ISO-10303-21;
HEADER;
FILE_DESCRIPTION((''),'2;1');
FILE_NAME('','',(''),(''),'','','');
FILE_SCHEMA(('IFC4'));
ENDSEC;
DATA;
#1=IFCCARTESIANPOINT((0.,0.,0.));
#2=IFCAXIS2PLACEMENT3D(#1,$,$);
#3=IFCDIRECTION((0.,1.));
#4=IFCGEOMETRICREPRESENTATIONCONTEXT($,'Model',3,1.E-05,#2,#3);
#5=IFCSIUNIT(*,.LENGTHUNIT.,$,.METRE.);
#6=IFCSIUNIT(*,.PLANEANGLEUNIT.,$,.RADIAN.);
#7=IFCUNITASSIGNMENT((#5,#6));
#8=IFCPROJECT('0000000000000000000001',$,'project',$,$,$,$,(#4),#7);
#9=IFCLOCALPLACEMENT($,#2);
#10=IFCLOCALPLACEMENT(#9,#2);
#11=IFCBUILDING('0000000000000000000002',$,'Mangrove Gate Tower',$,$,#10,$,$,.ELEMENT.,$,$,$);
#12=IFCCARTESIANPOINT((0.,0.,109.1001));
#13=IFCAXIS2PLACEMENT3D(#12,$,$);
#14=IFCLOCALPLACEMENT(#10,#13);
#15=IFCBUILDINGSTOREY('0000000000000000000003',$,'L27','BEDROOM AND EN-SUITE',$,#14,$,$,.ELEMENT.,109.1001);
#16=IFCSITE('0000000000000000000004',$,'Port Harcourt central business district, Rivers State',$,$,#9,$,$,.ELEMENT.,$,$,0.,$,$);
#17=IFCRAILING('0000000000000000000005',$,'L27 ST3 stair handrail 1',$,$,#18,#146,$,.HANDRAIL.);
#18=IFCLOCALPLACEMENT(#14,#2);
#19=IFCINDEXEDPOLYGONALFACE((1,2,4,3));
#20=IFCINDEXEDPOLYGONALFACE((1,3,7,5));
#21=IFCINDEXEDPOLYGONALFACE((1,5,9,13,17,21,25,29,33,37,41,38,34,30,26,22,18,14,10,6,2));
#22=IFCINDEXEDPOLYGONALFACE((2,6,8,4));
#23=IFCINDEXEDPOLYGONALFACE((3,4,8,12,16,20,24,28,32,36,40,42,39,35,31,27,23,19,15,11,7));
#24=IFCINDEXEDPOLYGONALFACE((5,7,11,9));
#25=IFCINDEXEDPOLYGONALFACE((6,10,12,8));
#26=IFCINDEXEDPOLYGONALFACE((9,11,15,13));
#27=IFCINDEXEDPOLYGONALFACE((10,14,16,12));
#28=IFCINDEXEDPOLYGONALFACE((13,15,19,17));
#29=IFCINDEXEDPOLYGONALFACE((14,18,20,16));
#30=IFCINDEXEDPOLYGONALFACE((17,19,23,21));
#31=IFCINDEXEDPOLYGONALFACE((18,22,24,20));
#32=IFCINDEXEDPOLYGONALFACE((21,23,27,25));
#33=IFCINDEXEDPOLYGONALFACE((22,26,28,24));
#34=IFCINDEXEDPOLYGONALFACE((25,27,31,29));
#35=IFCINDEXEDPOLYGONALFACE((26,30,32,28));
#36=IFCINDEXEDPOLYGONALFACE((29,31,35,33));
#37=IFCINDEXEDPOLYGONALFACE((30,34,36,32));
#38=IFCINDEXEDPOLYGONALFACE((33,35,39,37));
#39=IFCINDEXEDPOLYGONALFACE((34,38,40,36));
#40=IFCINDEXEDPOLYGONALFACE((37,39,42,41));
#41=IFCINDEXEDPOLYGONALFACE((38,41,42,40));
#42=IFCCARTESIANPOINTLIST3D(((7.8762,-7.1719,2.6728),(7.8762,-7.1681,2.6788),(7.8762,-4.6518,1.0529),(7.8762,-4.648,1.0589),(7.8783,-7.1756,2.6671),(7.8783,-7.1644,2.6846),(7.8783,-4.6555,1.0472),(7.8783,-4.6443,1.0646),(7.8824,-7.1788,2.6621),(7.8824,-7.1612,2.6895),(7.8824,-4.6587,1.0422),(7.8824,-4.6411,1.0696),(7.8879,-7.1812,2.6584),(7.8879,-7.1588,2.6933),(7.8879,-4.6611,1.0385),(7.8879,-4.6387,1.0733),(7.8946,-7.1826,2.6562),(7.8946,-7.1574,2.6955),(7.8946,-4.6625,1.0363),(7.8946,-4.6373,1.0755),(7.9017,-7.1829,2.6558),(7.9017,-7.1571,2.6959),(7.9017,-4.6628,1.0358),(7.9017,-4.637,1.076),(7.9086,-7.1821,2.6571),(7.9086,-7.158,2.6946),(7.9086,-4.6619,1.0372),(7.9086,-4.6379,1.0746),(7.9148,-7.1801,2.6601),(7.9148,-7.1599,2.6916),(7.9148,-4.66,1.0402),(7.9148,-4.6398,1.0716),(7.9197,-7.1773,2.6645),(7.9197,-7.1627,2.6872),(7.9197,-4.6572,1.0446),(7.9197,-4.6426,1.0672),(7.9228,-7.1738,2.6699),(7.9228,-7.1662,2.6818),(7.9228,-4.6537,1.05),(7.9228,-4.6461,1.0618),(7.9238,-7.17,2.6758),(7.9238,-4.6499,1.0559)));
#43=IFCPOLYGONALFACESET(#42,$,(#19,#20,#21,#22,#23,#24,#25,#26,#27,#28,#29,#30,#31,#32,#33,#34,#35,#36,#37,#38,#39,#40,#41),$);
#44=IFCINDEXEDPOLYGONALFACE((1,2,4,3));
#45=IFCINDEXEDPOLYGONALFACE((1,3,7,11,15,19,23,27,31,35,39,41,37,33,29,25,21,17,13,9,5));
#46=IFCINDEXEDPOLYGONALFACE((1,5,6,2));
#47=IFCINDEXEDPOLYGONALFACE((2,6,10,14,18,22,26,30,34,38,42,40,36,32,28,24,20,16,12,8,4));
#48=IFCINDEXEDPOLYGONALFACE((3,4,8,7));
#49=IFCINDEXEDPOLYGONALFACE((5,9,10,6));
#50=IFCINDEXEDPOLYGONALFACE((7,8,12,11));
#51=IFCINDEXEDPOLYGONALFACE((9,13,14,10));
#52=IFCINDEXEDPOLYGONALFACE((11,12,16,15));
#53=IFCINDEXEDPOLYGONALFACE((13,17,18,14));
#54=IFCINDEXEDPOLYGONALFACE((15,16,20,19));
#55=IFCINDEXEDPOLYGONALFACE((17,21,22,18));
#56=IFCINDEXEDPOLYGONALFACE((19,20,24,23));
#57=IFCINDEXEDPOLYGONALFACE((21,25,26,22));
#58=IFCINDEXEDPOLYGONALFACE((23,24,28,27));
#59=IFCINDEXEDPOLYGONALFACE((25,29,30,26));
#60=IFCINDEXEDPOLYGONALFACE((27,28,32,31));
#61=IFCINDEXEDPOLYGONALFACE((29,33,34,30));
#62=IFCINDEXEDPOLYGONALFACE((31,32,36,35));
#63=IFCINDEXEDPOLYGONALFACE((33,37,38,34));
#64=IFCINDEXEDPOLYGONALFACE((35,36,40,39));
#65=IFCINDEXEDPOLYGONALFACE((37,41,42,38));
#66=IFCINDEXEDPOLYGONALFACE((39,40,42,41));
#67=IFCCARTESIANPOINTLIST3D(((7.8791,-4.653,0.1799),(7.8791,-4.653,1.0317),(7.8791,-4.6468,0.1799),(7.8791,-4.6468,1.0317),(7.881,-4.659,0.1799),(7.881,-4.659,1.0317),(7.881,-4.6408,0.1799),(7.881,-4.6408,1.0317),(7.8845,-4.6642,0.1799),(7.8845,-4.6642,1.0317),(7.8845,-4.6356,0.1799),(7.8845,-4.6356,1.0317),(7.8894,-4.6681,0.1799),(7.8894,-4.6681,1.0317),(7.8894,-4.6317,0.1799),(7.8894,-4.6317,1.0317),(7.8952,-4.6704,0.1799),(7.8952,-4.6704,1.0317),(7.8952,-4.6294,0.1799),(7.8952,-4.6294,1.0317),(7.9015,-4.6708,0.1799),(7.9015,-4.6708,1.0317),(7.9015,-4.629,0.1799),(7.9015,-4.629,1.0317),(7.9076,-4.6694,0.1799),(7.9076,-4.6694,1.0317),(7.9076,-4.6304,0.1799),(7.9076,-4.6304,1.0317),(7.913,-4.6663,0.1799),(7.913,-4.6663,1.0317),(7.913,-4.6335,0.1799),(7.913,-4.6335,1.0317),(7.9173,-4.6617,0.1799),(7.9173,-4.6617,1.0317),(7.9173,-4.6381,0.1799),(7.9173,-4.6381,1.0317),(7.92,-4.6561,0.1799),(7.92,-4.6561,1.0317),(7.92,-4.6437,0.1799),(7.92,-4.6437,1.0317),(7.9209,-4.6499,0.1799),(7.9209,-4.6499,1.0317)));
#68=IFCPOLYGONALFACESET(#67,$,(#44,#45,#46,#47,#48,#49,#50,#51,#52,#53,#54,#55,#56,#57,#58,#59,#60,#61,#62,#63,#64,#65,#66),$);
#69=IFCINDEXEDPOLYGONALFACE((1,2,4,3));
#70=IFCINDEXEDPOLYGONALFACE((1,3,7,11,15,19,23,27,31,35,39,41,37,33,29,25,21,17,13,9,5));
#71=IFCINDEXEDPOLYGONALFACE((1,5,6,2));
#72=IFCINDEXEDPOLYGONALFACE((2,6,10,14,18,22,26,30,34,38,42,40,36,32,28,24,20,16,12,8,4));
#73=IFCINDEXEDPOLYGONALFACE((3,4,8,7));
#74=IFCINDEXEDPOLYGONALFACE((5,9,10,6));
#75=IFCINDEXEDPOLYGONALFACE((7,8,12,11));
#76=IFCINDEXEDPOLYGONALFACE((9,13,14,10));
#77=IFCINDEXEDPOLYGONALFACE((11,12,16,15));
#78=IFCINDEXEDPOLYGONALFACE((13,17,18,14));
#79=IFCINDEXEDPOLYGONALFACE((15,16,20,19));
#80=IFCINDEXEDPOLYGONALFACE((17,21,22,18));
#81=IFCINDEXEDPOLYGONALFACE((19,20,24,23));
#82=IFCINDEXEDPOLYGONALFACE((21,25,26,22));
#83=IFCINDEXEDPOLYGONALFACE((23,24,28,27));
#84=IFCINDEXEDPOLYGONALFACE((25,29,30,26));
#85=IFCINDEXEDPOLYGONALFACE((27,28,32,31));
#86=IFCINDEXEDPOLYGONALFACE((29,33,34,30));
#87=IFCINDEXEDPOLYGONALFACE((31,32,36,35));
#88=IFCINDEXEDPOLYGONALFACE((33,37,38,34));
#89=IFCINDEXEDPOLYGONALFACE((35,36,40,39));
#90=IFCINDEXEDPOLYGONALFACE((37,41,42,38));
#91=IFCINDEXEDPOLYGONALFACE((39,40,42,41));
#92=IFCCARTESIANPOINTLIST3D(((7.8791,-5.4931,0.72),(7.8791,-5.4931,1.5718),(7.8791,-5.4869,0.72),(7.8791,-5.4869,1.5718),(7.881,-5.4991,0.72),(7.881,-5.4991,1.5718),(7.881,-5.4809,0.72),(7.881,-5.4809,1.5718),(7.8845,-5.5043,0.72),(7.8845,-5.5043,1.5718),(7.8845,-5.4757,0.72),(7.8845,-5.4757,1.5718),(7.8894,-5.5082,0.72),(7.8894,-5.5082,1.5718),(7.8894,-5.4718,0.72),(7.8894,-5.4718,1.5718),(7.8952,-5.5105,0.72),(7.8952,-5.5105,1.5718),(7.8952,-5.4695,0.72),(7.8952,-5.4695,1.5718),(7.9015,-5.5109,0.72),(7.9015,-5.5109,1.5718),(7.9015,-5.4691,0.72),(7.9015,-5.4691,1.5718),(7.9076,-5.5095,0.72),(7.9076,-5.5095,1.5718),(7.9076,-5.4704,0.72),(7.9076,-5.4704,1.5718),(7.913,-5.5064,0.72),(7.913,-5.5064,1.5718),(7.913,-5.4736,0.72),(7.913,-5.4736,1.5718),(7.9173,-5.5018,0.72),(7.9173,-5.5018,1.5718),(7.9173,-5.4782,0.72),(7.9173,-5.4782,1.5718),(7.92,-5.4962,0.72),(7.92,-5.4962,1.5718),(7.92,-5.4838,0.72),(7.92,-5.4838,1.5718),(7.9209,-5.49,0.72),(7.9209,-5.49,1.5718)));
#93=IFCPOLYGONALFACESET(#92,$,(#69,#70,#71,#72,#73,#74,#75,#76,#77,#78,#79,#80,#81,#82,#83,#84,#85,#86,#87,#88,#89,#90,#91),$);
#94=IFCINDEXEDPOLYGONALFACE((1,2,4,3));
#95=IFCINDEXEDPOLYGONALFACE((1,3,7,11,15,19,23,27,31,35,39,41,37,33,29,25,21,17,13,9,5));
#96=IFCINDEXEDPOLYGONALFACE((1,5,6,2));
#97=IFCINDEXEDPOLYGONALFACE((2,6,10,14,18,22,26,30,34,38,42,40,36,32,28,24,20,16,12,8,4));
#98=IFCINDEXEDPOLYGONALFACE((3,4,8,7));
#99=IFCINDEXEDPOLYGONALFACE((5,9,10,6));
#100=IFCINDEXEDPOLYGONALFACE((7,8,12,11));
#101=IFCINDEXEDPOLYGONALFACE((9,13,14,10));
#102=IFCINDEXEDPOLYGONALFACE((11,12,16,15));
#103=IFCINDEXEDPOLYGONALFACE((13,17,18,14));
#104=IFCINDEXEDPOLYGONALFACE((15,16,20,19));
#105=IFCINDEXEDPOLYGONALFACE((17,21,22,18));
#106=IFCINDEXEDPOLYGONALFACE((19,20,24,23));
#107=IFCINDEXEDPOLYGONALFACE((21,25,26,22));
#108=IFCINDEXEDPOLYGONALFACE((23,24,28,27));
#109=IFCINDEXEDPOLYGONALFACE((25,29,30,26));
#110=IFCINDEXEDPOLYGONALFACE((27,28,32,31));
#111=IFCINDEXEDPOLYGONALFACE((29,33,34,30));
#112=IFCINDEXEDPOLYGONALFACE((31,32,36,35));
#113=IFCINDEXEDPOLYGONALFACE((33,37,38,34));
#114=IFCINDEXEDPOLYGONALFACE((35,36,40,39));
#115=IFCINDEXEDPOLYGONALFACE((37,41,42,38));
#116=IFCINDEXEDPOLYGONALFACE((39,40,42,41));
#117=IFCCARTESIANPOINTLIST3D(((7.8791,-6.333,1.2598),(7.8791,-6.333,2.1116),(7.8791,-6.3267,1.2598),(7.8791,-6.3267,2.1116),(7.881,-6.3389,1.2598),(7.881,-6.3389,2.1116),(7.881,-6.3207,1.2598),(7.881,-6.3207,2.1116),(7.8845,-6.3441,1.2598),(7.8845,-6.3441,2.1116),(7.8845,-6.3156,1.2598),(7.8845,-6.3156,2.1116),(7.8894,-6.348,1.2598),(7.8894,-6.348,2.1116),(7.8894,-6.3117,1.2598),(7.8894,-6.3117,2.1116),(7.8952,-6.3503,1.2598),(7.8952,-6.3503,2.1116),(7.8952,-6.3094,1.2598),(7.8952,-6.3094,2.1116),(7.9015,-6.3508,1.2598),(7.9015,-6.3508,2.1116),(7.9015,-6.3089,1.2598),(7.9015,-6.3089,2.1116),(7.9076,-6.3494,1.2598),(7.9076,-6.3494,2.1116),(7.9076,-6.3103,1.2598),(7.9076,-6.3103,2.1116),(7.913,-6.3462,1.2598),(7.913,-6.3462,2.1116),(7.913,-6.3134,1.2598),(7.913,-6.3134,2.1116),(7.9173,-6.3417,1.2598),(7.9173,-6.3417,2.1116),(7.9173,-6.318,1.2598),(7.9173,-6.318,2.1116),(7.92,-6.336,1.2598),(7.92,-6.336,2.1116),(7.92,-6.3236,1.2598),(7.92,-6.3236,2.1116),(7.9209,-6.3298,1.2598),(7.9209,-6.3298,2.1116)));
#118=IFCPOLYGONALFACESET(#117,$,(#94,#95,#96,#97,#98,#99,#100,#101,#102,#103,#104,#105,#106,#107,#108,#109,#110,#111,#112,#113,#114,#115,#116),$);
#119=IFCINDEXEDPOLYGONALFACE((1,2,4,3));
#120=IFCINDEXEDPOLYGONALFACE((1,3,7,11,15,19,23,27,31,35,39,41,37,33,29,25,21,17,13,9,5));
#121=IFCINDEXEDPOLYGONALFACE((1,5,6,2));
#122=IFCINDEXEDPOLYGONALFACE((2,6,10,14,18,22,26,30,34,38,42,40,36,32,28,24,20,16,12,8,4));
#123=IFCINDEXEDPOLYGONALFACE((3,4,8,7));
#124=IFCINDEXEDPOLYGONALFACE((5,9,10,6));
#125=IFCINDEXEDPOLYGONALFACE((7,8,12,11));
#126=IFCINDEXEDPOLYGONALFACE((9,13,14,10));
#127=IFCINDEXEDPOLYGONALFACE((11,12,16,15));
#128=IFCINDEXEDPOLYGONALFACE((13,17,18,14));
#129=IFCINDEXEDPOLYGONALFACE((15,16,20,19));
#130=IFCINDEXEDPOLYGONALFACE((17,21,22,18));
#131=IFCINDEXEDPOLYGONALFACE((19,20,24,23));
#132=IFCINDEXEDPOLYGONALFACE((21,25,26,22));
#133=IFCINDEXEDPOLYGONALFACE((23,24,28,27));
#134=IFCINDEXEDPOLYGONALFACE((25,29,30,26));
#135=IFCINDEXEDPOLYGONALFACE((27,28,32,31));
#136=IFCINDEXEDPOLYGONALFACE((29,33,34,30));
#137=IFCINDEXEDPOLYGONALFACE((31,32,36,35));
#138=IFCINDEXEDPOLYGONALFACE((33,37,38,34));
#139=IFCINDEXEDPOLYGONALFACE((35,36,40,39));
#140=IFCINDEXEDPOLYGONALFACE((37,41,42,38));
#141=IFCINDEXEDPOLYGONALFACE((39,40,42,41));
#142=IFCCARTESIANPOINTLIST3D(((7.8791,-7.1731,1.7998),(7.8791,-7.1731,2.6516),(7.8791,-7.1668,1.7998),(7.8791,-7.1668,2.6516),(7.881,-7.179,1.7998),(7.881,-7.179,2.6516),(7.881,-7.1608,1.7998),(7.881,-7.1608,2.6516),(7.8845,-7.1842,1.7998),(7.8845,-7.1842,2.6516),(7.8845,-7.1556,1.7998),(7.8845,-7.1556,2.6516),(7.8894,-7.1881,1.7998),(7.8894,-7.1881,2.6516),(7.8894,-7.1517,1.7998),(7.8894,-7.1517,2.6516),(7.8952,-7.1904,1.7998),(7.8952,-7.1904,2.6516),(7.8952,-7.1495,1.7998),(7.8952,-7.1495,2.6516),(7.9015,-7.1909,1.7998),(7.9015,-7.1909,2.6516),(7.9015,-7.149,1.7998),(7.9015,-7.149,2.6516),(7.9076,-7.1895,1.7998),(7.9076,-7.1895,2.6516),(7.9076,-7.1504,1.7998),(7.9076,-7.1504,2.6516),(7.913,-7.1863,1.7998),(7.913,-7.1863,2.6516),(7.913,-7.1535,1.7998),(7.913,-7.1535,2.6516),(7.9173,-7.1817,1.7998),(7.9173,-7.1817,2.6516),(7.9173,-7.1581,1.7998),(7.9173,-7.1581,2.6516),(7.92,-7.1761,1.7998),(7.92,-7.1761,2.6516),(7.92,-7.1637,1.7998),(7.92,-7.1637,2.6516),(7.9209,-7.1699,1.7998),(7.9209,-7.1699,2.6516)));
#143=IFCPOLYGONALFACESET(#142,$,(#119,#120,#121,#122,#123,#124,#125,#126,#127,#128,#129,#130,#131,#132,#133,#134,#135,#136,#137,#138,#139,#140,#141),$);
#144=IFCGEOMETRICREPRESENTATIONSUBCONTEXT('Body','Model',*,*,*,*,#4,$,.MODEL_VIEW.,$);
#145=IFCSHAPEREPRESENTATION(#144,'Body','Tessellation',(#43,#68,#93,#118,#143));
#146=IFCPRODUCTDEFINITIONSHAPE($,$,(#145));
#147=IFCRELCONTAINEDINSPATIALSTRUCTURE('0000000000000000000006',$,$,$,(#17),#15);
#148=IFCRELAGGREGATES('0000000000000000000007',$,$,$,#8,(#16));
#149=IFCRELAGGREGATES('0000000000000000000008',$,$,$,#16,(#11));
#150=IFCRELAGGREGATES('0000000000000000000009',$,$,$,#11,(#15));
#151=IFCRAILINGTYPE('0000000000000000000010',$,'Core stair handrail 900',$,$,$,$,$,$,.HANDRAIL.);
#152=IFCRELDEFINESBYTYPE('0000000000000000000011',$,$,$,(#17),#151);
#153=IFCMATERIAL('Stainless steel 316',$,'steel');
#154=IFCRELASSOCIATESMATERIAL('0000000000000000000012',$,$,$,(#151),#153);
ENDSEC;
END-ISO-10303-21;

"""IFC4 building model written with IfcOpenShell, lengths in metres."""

from ifc_helpers import new_model, si_unit, direction, frame, origin, origin_2d, place, context, subcontext, project, spatial, circle, extrude, material, type_object, element, save


model = new_model("IFC4")

# Units and contexts
model_context = context("Model", 3, precision=1e-05, world=origin(), true_north=direction((0.0, 1.0)))
body_context = subcontext(model_context, "Body", "Model", "MODEL_VIEW")
ifc_project = project(units=[si_unit("LENGTHUNIT", "METRE"), si_unit("PLANEANGLEUNIT", "RADIAN")], contexts=[model_context])

# Site, building, storey
site_placement = place(None, origin())
site = spatial("IfcSite", under=ifc_project, at=site_placement, Name="Port Harcourt central business district, Rivers State", CompositionType="ELEMENT", RefElevation=0.0)
building_placement = place(site_placement, origin())
building = spatial("IfcBuilding", under=site, at=building_placement, Name="Mangrove Gate Tower", CompositionType="ELEMENT")
storey_placement = place(building_placement, frame((0.0, 0.0, 109.1001)))
storey = spatial("IfcBuildingStorey", under=building, at=storey_placement, Name="L27", Description="BEDROOM AND EN-SUITE", CompositionType="ELEMENT", Elevation=109.1001)

# Railing
ifc_material_1 = material(Name="Stainless steel 316", Category="steel")
railing_type_1 = type_object("IfcRailingType", Name="Core stair handrail 900", PredefinedType="HANDRAIL", material=ifc_material_1)
railing_1_placement = place(storey_placement, frame((7.8999, -4.6499, 0.1799)))
element("IfcRailing", 1, at=railing_1_placement, inside=storey, type_object=railing_type_1, Name="L27 ST3 stair handrail 1", PredefinedType="HANDRAIL", context=body_context, shape_type="SweptSolid", body=[
    extrude(circle(Radius=0.0239, at=origin_2d()), frame((0.0, 0.0, 0.876), z_axis=(0.0, -0.8412, 0.540725), x_axis=(1.0, 0.0, 0.0)), (0.0, 0.0, 1.0), 2.9958),
    extrude(circle(Radius=0.021, at=origin_2d()), origin(), (0.0, 0.0, 1.0), 0.8518),
    extrude(circle(Radius=0.021, at=origin_2d()), frame((0.0, -0.8401, 0.54)), (0.0, 0.0, 1.0), 0.8518),
    extrude(circle(Radius=0.021, at=origin_2d()), frame((0.0, -1.6799, 1.0798)), (0.0, 0.0, 1.0), 0.8518),
    extrude(circle(Radius=0.021, at=origin_2d()), frame((0.0, -2.52, 1.6199)), (0.0, 0.0, 1.0), 0.8518),
])

save(model, "model.ifc")
